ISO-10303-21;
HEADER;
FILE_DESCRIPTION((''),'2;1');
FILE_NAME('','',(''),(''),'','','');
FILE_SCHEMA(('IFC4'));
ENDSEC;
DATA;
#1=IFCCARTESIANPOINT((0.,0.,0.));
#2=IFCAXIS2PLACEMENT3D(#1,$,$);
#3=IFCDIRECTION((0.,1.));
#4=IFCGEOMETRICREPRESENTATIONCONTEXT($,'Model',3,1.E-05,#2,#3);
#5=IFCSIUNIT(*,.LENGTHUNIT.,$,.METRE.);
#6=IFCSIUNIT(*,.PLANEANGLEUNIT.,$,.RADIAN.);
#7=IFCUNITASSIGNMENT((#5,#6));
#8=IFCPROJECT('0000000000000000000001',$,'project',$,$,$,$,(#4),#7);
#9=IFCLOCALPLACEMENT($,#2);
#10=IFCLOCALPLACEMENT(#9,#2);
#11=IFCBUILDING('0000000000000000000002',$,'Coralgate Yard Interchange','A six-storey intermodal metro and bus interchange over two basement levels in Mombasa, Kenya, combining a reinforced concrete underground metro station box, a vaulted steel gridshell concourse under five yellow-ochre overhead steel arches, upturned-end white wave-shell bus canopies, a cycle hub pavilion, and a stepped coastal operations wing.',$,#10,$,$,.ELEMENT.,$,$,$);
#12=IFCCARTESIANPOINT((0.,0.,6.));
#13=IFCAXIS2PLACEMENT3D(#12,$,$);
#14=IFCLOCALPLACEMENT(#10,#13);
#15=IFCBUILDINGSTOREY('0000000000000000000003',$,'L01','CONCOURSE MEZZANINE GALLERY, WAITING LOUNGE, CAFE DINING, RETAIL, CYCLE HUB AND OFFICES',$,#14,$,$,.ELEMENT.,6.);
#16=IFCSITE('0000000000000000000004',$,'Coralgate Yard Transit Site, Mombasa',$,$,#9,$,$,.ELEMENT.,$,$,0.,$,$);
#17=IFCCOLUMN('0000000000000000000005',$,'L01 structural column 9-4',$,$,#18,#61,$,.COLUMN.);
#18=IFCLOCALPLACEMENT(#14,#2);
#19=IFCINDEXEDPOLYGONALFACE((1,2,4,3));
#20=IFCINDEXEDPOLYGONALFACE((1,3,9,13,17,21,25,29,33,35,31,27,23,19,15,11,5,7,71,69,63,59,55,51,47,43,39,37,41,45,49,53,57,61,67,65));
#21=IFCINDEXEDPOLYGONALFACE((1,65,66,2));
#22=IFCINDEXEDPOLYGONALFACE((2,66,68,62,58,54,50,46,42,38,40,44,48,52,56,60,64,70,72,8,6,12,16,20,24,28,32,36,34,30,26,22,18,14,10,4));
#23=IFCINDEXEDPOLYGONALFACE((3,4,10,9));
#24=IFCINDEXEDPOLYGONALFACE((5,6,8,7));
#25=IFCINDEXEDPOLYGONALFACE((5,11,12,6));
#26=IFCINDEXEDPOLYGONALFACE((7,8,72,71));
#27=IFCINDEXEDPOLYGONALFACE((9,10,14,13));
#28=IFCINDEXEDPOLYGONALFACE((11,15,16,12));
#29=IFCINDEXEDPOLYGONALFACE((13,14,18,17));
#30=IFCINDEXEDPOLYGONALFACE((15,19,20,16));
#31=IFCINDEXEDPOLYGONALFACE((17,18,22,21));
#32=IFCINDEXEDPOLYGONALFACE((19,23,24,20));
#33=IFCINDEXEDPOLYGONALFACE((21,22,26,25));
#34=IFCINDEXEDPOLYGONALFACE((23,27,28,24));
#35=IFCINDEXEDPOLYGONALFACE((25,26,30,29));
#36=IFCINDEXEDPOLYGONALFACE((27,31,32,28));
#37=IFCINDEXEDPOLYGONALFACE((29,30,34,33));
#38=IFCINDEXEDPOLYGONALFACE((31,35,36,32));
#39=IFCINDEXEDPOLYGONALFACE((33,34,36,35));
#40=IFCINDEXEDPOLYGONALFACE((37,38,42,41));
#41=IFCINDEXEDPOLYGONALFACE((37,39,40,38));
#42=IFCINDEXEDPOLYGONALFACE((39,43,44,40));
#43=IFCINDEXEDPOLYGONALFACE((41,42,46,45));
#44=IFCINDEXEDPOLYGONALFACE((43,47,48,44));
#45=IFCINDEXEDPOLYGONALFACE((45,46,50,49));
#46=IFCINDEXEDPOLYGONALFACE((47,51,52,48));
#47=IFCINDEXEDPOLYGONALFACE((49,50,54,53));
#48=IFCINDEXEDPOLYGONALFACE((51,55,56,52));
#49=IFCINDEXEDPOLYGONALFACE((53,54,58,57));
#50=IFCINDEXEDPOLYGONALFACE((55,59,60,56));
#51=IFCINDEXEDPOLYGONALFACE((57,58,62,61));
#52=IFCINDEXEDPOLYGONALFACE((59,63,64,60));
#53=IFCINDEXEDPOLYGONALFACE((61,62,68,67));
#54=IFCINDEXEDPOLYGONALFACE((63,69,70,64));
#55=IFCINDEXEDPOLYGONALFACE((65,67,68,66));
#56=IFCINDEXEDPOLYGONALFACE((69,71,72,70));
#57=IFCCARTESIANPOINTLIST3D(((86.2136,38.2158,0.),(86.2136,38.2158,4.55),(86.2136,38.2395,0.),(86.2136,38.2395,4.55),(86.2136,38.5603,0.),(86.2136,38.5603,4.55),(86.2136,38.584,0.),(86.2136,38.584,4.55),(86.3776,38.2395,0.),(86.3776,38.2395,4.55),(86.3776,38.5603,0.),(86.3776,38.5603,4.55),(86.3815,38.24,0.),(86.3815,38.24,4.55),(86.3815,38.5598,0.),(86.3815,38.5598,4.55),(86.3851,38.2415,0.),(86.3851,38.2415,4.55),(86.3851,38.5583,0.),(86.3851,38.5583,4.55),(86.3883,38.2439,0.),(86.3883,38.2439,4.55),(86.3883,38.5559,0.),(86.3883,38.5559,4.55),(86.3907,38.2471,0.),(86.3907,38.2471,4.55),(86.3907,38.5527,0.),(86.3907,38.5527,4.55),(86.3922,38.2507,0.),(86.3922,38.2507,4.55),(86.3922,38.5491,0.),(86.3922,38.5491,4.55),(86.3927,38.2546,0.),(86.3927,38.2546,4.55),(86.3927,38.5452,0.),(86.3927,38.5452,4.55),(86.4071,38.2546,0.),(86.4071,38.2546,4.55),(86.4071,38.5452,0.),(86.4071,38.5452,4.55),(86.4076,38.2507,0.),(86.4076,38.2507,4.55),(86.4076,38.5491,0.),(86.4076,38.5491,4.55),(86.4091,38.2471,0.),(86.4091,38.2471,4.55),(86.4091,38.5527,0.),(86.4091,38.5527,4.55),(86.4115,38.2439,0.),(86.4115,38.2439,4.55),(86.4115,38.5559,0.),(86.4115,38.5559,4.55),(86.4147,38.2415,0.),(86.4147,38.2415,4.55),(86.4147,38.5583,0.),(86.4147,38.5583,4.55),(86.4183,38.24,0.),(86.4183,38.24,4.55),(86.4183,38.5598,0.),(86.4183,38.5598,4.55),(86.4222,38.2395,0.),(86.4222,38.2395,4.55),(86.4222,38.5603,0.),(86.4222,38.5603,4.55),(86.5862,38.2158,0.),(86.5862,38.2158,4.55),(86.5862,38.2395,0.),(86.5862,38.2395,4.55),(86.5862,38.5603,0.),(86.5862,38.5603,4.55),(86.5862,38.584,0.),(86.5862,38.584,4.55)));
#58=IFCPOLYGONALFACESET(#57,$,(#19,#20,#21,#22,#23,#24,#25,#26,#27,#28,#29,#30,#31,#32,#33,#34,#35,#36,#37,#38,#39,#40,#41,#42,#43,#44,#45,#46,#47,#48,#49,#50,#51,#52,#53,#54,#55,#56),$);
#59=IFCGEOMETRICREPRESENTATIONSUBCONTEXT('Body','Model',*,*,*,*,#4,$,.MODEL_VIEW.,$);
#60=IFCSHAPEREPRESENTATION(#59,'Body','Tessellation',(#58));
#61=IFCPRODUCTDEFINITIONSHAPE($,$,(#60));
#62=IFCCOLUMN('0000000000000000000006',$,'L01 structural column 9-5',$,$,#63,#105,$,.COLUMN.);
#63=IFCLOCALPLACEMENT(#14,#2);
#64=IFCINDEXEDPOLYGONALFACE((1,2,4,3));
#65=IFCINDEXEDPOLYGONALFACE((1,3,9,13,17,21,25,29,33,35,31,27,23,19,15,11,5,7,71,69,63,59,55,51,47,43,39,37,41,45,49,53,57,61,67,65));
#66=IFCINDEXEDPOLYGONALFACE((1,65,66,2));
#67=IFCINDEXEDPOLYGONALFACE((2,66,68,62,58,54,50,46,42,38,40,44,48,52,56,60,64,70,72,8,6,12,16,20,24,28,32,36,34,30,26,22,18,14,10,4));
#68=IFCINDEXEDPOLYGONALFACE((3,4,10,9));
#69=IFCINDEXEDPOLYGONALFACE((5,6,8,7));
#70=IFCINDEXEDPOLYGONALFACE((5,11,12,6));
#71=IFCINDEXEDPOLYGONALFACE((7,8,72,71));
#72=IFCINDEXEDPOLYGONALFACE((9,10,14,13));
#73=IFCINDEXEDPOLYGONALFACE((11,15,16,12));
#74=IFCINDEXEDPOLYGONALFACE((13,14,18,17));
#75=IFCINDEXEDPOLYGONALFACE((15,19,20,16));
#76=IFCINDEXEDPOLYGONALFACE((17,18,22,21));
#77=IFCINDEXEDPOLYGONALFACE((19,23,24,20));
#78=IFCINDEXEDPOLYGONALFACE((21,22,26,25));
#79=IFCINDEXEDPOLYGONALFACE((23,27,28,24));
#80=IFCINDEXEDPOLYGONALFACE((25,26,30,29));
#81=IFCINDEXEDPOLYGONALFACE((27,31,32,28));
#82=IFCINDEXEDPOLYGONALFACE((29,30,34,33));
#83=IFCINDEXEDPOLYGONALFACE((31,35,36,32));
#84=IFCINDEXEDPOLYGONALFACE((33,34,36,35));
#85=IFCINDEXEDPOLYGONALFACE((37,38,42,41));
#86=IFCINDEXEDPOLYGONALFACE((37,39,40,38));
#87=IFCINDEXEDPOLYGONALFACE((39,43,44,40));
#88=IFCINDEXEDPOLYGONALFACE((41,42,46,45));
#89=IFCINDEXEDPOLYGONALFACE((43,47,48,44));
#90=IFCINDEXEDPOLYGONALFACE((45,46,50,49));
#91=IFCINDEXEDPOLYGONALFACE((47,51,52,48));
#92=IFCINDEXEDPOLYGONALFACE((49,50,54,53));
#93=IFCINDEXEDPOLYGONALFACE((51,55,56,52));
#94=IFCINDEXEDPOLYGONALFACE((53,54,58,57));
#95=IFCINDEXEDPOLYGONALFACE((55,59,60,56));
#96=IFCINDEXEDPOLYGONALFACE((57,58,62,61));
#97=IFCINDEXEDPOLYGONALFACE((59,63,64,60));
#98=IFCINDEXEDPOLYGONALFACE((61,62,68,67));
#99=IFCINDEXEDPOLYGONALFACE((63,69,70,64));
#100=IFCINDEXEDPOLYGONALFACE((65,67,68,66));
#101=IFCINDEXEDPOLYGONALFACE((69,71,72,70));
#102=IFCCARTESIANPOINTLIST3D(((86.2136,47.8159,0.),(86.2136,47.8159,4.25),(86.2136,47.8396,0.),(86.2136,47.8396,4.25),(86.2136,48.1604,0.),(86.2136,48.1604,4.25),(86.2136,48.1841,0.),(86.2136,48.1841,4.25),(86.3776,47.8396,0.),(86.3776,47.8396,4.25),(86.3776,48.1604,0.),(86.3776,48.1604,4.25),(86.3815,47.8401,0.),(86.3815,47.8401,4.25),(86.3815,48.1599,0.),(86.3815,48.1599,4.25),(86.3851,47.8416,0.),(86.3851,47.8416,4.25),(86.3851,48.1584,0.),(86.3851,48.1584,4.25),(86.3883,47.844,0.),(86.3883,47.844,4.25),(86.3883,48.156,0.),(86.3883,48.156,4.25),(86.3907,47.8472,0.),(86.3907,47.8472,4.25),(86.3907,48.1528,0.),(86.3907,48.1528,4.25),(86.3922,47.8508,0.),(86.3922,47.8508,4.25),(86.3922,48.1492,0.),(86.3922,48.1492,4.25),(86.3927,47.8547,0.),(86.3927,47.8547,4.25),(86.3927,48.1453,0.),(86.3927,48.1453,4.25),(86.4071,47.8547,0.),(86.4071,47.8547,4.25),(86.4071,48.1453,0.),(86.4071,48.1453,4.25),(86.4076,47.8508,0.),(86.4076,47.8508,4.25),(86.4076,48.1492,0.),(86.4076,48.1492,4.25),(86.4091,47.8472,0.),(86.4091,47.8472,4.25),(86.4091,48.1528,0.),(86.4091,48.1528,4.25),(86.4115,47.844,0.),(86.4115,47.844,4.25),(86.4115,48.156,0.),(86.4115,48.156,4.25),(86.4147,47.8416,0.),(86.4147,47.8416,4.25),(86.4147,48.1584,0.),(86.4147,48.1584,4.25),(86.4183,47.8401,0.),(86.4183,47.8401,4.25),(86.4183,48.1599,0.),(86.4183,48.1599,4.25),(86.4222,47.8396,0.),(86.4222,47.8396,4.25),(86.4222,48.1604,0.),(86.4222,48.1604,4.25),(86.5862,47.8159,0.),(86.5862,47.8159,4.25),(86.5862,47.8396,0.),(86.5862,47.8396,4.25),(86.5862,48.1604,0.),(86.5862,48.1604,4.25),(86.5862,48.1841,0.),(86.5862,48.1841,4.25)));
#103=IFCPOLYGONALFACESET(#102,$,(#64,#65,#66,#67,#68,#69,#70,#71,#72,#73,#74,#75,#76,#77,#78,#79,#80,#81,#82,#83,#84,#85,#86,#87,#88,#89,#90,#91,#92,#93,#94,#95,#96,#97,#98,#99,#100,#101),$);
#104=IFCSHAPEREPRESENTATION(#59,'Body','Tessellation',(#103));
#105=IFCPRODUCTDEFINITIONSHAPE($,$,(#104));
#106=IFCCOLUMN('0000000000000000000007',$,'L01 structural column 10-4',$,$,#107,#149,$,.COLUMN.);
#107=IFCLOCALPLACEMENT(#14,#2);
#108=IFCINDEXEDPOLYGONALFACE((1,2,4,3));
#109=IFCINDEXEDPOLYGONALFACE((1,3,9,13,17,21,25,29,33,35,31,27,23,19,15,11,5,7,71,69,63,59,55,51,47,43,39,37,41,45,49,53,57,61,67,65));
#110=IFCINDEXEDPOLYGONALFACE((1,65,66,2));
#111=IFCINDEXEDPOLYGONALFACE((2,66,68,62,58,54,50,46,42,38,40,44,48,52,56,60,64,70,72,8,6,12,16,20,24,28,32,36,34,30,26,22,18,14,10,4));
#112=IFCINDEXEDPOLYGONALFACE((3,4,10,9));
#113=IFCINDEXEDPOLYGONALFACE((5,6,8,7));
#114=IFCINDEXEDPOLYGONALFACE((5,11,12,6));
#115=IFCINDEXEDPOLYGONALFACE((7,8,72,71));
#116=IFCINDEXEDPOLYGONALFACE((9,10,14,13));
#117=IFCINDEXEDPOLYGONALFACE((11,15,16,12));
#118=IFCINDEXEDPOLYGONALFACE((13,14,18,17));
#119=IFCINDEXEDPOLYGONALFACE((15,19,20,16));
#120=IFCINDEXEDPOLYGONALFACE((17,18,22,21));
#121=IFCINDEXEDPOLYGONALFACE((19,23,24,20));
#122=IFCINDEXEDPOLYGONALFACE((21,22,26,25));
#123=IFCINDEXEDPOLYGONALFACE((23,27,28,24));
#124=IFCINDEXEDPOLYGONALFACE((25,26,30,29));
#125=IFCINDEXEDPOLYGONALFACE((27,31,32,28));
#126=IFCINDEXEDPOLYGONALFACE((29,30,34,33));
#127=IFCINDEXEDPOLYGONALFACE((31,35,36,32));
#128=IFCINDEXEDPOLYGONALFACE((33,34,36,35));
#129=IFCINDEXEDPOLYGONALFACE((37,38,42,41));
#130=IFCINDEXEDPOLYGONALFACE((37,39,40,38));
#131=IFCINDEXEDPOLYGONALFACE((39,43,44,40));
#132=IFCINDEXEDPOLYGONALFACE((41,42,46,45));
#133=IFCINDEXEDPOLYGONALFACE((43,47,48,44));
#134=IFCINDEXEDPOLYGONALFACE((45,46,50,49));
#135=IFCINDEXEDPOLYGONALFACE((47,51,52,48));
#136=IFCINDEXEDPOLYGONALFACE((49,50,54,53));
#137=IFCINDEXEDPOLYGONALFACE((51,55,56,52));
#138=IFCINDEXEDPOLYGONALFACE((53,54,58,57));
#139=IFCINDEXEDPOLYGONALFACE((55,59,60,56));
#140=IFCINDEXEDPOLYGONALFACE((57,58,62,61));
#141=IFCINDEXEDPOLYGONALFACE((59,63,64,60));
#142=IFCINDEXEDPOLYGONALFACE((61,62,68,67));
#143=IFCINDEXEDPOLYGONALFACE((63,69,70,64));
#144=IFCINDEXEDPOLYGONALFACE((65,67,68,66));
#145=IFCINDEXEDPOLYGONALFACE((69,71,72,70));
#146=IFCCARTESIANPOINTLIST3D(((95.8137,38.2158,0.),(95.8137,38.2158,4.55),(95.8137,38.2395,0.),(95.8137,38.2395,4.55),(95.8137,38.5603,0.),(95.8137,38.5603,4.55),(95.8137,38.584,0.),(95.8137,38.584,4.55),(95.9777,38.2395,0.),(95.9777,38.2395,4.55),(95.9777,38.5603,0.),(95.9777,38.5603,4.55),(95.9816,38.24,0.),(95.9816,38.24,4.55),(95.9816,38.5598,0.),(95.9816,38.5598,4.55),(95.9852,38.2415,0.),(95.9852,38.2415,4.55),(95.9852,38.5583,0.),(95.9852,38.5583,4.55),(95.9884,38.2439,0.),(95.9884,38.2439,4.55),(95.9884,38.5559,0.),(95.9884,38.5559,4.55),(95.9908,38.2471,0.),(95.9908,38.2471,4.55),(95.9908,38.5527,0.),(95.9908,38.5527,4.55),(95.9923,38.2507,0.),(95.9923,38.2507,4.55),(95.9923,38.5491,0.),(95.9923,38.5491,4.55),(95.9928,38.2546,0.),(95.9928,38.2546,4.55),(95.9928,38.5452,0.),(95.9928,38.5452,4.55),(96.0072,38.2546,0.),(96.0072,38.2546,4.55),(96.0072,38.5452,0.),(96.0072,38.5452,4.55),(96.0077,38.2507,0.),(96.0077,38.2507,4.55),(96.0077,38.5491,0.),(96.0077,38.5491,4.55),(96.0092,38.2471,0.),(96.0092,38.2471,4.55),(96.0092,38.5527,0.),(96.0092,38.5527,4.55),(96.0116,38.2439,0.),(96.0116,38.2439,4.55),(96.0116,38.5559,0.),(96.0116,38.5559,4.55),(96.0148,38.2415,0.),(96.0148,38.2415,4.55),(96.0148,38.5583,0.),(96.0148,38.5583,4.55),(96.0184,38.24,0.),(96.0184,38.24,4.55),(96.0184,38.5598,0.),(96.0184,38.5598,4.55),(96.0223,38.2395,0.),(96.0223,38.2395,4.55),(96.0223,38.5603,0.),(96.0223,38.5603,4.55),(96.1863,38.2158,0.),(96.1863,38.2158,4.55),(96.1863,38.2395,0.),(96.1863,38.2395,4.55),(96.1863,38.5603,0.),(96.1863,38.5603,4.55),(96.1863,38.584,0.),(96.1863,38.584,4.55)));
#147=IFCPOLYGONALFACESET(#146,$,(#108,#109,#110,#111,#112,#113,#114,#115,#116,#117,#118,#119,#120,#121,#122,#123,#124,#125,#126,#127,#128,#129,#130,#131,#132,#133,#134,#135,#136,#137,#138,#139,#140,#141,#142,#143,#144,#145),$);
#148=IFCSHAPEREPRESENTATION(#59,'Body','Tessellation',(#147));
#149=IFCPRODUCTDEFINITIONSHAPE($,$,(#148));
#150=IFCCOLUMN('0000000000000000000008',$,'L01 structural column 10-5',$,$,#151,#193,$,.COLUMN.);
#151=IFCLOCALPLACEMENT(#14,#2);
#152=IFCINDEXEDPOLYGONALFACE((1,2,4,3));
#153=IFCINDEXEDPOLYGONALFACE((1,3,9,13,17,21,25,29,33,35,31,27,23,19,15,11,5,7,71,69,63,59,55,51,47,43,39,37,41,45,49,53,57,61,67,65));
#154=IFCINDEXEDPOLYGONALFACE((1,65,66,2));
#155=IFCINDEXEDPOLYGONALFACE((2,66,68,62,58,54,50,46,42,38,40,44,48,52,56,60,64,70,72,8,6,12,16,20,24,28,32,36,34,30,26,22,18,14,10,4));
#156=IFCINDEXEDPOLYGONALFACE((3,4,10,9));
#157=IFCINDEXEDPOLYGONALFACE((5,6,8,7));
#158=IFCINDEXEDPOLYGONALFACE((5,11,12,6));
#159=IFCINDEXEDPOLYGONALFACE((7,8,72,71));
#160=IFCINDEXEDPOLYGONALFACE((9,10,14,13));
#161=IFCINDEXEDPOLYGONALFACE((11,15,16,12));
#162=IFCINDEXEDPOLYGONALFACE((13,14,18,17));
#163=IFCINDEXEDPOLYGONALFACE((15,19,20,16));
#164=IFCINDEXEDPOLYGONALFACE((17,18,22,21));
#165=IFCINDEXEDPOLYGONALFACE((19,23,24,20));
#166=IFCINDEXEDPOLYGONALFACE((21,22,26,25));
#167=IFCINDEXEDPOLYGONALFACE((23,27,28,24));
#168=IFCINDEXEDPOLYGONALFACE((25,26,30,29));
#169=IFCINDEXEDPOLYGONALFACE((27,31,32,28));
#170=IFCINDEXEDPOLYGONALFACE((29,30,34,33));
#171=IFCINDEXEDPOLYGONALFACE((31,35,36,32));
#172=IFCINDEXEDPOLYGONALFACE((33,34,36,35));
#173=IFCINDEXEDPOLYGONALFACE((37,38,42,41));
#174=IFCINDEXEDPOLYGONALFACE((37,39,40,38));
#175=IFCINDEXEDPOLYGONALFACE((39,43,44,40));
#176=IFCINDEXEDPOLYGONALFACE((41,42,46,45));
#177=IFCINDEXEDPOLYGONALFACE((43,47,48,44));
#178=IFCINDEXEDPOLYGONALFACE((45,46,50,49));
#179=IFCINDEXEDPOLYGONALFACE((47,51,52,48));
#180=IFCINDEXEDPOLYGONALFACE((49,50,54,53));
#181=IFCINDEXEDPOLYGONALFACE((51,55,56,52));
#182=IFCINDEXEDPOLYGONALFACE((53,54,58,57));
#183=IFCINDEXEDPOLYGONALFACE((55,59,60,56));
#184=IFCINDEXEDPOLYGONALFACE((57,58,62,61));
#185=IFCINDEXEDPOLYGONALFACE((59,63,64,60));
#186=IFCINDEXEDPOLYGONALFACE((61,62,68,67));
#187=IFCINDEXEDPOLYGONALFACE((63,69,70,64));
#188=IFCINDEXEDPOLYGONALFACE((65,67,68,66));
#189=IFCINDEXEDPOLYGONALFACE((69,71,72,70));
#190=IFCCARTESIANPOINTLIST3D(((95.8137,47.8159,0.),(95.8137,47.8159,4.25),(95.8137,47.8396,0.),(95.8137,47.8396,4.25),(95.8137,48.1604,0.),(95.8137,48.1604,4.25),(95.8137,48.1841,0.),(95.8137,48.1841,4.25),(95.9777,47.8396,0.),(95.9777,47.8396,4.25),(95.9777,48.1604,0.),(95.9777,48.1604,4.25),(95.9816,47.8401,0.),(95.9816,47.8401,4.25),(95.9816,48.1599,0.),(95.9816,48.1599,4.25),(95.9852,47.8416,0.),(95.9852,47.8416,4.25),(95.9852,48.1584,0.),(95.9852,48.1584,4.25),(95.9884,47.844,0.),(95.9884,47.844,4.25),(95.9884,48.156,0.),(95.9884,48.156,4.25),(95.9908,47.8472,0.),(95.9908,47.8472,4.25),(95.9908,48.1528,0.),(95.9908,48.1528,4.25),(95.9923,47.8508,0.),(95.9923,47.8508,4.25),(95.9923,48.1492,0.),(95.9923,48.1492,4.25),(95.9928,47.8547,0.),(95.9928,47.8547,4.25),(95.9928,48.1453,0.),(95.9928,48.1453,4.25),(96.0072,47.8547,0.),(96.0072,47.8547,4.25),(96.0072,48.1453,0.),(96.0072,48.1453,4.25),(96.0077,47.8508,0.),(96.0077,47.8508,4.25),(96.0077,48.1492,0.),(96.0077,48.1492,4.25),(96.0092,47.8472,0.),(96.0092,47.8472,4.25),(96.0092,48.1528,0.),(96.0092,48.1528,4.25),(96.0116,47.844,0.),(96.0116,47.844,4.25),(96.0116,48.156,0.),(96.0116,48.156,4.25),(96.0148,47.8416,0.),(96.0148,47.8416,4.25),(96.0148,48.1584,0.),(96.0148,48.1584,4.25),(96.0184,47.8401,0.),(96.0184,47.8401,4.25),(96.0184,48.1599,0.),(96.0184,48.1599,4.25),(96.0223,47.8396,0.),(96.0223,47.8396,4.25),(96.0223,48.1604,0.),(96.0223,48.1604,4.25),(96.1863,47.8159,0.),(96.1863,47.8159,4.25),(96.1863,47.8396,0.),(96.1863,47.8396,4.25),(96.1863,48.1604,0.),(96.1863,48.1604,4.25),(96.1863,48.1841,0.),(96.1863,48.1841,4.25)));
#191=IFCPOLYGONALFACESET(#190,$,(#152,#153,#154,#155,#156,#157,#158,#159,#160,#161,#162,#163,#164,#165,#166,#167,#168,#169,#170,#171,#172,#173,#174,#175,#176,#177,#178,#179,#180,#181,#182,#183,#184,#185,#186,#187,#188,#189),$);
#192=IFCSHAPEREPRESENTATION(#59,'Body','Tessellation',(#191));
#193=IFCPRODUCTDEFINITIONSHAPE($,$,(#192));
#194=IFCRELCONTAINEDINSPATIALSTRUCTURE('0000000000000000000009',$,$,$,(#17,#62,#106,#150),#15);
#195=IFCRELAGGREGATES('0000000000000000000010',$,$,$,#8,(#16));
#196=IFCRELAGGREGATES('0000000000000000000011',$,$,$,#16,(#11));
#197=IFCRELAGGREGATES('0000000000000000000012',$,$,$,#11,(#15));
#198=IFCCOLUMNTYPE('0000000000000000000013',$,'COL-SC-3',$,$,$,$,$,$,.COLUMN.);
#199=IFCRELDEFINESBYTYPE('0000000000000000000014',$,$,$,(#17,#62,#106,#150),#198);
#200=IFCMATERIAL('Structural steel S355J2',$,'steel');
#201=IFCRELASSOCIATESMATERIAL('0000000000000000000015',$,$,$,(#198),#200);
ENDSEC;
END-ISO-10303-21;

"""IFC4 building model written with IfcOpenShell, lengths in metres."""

from ifc_helpers import new_model, si_unit, direction, frame, origin, origin_2d, place, context, subcontext, project, spatial, i_section, extrude, material, material_profile, profile_set, type_object, element, save


model = new_model("IFC4")

# Units and contexts
model_context = context("Model", 3, precision=1e-05, world=origin(), true_north=direction((0.0, 1.0)))
body_context = subcontext(model_context, "Body", "Model", "MODEL_VIEW")
ifc_project = project(units=[si_unit("LENGTHUNIT", "METRE"), si_unit("PLANEANGLEUNIT", "RADIAN")], contexts=[model_context])

# Site, building, storey
site_placement = place(None, origin())
site = spatial("IfcSite", under=ifc_project, at=site_placement, Name="Coralgate Yard Transit Site, Mombasa", CompositionType="ELEMENT", RefElevation=0.0)
building_placement = place(site_placement, origin())
building = spatial("IfcBuilding", under=site, at=building_placement, Name="Coralgate Yard Interchange", Description="A six-storey intermodal metro and bus interchange over two basement levels in Mombasa, Kenya, combining a reinforced concrete underground metro station box, a vaulted steel gridshell concourse under five yellow-ochre overhead steel arches, upturned-end white wave-shell bus canopies, a cycle hub pavilion, and a stepped coastal operations wing.", CompositionType="ELEMENT")
storey_placement = place(building_placement, frame((0.0, 0.0, 6.0)))
storey = spatial("IfcBuildingStorey", under=building, at=storey_placement, Name="L01", Description="CONCOURSE MEZZANINE GALLERY, WAITING LOUNGE, CAFE DINING, RETAIL, CYCLE HUB AND OFFICES", CompositionType="ELEMENT", Elevation=6.0)

# Columns
ifc_material_1 = material(Name="Structural steel S355J2", Category="steel")
ifc_material_profile_1 = material_profile(ifc_material_1, i_section(OverallWidth=0.3726, OverallDepth=0.3682, WebThickness=0.0144, FlangeThickness=0.0237, FilletRadius=0.0151, at=origin_2d()), Name="UC 356x368x177")
ifc_profile_set_1 = profile_set([ifc_material_profile_1], Name="Structural steel S355J2")
column_type = type_object("IfcColumnType", Name="COL-SC-3", PredefinedType="COLUMN", material=ifc_profile_set_1)
column_1_placement = place(storey_placement, frame((86.3999, 38.3999, 0.0), z_axis=(0.0, 0.0, 1.0), x_axis=(1.0, 0.0, 0.0)))
element("IfcColumn", 1, at=column_1_placement, inside=storey, type_object=column_type, Name="L01 structural column 9-4", PredefinedType="COLUMN", context=body_context, shape_type="SweptSolid", body=[
    extrude(i_section(OverallWidth=0.3726, OverallDepth=0.3682, WebThickness=0.0144, FlangeThickness=0.0237, FilletRadius=0.0151, at=origin_2d()), origin(), (0.0, 0.0, 1.0), 4.55),
])
column_2_placement = place(storey_placement, frame((86.3999, 48.0, 0.0), z_axis=(0.0, 0.0, 1.0), x_axis=(1.0, 0.0, 0.0)))
element("IfcColumn", 2, at=column_2_placement, inside=storey, type_object=column_type, Name="L01 structural column 9-5", PredefinedType="COLUMN", context=body_context, shape_type="SweptSolid", body=[
    extrude(i_section(OverallWidth=0.3726, OverallDepth=0.3682, WebThickness=0.0144, FlangeThickness=0.0237, FilletRadius=0.0151, at=origin_2d()), origin(), (0.0, 0.0, 1.0), 4.25),
])
column_3_placement = place(storey_placement, frame((96.0, 38.3999, 0.0), z_axis=(0.0, 0.0, 1.0), x_axis=(1.0, 0.0, 0.0)))
element("IfcColumn", 3, at=column_3_placement, inside=storey, type_object=column_type, Name="L01 structural column 10-4", PredefinedType="COLUMN", context=body_context, shape_type="SweptSolid", body=[
    extrude(i_section(OverallWidth=0.3726, OverallDepth=0.3682, WebThickness=0.0144, FlangeThickness=0.0237, FilletRadius=0.0151, at=origin_2d()), origin(), (0.0, 0.0, 1.0), 4.55),
])
column_4_placement = place(storey_placement, frame((96.0, 48.0, 0.0), z_axis=(0.0, 0.0, 1.0), x_axis=(1.0, 0.0, 0.0)))
element("IfcColumn", 4, at=column_4_placement, inside=storey, type_object=column_type, Name="L01 structural column 10-5", PredefinedType="COLUMN", context=body_context, shape_type="SweptSolid", body=[
    extrude(i_section(OverallWidth=0.3726, OverallDepth=0.3682, WebThickness=0.0144, FlangeThickness=0.0237, FilletRadius=0.0151, at=origin_2d()), origin(), (0.0, 0.0, 1.0), 4.25),
])

save(model, "model.ifc")
